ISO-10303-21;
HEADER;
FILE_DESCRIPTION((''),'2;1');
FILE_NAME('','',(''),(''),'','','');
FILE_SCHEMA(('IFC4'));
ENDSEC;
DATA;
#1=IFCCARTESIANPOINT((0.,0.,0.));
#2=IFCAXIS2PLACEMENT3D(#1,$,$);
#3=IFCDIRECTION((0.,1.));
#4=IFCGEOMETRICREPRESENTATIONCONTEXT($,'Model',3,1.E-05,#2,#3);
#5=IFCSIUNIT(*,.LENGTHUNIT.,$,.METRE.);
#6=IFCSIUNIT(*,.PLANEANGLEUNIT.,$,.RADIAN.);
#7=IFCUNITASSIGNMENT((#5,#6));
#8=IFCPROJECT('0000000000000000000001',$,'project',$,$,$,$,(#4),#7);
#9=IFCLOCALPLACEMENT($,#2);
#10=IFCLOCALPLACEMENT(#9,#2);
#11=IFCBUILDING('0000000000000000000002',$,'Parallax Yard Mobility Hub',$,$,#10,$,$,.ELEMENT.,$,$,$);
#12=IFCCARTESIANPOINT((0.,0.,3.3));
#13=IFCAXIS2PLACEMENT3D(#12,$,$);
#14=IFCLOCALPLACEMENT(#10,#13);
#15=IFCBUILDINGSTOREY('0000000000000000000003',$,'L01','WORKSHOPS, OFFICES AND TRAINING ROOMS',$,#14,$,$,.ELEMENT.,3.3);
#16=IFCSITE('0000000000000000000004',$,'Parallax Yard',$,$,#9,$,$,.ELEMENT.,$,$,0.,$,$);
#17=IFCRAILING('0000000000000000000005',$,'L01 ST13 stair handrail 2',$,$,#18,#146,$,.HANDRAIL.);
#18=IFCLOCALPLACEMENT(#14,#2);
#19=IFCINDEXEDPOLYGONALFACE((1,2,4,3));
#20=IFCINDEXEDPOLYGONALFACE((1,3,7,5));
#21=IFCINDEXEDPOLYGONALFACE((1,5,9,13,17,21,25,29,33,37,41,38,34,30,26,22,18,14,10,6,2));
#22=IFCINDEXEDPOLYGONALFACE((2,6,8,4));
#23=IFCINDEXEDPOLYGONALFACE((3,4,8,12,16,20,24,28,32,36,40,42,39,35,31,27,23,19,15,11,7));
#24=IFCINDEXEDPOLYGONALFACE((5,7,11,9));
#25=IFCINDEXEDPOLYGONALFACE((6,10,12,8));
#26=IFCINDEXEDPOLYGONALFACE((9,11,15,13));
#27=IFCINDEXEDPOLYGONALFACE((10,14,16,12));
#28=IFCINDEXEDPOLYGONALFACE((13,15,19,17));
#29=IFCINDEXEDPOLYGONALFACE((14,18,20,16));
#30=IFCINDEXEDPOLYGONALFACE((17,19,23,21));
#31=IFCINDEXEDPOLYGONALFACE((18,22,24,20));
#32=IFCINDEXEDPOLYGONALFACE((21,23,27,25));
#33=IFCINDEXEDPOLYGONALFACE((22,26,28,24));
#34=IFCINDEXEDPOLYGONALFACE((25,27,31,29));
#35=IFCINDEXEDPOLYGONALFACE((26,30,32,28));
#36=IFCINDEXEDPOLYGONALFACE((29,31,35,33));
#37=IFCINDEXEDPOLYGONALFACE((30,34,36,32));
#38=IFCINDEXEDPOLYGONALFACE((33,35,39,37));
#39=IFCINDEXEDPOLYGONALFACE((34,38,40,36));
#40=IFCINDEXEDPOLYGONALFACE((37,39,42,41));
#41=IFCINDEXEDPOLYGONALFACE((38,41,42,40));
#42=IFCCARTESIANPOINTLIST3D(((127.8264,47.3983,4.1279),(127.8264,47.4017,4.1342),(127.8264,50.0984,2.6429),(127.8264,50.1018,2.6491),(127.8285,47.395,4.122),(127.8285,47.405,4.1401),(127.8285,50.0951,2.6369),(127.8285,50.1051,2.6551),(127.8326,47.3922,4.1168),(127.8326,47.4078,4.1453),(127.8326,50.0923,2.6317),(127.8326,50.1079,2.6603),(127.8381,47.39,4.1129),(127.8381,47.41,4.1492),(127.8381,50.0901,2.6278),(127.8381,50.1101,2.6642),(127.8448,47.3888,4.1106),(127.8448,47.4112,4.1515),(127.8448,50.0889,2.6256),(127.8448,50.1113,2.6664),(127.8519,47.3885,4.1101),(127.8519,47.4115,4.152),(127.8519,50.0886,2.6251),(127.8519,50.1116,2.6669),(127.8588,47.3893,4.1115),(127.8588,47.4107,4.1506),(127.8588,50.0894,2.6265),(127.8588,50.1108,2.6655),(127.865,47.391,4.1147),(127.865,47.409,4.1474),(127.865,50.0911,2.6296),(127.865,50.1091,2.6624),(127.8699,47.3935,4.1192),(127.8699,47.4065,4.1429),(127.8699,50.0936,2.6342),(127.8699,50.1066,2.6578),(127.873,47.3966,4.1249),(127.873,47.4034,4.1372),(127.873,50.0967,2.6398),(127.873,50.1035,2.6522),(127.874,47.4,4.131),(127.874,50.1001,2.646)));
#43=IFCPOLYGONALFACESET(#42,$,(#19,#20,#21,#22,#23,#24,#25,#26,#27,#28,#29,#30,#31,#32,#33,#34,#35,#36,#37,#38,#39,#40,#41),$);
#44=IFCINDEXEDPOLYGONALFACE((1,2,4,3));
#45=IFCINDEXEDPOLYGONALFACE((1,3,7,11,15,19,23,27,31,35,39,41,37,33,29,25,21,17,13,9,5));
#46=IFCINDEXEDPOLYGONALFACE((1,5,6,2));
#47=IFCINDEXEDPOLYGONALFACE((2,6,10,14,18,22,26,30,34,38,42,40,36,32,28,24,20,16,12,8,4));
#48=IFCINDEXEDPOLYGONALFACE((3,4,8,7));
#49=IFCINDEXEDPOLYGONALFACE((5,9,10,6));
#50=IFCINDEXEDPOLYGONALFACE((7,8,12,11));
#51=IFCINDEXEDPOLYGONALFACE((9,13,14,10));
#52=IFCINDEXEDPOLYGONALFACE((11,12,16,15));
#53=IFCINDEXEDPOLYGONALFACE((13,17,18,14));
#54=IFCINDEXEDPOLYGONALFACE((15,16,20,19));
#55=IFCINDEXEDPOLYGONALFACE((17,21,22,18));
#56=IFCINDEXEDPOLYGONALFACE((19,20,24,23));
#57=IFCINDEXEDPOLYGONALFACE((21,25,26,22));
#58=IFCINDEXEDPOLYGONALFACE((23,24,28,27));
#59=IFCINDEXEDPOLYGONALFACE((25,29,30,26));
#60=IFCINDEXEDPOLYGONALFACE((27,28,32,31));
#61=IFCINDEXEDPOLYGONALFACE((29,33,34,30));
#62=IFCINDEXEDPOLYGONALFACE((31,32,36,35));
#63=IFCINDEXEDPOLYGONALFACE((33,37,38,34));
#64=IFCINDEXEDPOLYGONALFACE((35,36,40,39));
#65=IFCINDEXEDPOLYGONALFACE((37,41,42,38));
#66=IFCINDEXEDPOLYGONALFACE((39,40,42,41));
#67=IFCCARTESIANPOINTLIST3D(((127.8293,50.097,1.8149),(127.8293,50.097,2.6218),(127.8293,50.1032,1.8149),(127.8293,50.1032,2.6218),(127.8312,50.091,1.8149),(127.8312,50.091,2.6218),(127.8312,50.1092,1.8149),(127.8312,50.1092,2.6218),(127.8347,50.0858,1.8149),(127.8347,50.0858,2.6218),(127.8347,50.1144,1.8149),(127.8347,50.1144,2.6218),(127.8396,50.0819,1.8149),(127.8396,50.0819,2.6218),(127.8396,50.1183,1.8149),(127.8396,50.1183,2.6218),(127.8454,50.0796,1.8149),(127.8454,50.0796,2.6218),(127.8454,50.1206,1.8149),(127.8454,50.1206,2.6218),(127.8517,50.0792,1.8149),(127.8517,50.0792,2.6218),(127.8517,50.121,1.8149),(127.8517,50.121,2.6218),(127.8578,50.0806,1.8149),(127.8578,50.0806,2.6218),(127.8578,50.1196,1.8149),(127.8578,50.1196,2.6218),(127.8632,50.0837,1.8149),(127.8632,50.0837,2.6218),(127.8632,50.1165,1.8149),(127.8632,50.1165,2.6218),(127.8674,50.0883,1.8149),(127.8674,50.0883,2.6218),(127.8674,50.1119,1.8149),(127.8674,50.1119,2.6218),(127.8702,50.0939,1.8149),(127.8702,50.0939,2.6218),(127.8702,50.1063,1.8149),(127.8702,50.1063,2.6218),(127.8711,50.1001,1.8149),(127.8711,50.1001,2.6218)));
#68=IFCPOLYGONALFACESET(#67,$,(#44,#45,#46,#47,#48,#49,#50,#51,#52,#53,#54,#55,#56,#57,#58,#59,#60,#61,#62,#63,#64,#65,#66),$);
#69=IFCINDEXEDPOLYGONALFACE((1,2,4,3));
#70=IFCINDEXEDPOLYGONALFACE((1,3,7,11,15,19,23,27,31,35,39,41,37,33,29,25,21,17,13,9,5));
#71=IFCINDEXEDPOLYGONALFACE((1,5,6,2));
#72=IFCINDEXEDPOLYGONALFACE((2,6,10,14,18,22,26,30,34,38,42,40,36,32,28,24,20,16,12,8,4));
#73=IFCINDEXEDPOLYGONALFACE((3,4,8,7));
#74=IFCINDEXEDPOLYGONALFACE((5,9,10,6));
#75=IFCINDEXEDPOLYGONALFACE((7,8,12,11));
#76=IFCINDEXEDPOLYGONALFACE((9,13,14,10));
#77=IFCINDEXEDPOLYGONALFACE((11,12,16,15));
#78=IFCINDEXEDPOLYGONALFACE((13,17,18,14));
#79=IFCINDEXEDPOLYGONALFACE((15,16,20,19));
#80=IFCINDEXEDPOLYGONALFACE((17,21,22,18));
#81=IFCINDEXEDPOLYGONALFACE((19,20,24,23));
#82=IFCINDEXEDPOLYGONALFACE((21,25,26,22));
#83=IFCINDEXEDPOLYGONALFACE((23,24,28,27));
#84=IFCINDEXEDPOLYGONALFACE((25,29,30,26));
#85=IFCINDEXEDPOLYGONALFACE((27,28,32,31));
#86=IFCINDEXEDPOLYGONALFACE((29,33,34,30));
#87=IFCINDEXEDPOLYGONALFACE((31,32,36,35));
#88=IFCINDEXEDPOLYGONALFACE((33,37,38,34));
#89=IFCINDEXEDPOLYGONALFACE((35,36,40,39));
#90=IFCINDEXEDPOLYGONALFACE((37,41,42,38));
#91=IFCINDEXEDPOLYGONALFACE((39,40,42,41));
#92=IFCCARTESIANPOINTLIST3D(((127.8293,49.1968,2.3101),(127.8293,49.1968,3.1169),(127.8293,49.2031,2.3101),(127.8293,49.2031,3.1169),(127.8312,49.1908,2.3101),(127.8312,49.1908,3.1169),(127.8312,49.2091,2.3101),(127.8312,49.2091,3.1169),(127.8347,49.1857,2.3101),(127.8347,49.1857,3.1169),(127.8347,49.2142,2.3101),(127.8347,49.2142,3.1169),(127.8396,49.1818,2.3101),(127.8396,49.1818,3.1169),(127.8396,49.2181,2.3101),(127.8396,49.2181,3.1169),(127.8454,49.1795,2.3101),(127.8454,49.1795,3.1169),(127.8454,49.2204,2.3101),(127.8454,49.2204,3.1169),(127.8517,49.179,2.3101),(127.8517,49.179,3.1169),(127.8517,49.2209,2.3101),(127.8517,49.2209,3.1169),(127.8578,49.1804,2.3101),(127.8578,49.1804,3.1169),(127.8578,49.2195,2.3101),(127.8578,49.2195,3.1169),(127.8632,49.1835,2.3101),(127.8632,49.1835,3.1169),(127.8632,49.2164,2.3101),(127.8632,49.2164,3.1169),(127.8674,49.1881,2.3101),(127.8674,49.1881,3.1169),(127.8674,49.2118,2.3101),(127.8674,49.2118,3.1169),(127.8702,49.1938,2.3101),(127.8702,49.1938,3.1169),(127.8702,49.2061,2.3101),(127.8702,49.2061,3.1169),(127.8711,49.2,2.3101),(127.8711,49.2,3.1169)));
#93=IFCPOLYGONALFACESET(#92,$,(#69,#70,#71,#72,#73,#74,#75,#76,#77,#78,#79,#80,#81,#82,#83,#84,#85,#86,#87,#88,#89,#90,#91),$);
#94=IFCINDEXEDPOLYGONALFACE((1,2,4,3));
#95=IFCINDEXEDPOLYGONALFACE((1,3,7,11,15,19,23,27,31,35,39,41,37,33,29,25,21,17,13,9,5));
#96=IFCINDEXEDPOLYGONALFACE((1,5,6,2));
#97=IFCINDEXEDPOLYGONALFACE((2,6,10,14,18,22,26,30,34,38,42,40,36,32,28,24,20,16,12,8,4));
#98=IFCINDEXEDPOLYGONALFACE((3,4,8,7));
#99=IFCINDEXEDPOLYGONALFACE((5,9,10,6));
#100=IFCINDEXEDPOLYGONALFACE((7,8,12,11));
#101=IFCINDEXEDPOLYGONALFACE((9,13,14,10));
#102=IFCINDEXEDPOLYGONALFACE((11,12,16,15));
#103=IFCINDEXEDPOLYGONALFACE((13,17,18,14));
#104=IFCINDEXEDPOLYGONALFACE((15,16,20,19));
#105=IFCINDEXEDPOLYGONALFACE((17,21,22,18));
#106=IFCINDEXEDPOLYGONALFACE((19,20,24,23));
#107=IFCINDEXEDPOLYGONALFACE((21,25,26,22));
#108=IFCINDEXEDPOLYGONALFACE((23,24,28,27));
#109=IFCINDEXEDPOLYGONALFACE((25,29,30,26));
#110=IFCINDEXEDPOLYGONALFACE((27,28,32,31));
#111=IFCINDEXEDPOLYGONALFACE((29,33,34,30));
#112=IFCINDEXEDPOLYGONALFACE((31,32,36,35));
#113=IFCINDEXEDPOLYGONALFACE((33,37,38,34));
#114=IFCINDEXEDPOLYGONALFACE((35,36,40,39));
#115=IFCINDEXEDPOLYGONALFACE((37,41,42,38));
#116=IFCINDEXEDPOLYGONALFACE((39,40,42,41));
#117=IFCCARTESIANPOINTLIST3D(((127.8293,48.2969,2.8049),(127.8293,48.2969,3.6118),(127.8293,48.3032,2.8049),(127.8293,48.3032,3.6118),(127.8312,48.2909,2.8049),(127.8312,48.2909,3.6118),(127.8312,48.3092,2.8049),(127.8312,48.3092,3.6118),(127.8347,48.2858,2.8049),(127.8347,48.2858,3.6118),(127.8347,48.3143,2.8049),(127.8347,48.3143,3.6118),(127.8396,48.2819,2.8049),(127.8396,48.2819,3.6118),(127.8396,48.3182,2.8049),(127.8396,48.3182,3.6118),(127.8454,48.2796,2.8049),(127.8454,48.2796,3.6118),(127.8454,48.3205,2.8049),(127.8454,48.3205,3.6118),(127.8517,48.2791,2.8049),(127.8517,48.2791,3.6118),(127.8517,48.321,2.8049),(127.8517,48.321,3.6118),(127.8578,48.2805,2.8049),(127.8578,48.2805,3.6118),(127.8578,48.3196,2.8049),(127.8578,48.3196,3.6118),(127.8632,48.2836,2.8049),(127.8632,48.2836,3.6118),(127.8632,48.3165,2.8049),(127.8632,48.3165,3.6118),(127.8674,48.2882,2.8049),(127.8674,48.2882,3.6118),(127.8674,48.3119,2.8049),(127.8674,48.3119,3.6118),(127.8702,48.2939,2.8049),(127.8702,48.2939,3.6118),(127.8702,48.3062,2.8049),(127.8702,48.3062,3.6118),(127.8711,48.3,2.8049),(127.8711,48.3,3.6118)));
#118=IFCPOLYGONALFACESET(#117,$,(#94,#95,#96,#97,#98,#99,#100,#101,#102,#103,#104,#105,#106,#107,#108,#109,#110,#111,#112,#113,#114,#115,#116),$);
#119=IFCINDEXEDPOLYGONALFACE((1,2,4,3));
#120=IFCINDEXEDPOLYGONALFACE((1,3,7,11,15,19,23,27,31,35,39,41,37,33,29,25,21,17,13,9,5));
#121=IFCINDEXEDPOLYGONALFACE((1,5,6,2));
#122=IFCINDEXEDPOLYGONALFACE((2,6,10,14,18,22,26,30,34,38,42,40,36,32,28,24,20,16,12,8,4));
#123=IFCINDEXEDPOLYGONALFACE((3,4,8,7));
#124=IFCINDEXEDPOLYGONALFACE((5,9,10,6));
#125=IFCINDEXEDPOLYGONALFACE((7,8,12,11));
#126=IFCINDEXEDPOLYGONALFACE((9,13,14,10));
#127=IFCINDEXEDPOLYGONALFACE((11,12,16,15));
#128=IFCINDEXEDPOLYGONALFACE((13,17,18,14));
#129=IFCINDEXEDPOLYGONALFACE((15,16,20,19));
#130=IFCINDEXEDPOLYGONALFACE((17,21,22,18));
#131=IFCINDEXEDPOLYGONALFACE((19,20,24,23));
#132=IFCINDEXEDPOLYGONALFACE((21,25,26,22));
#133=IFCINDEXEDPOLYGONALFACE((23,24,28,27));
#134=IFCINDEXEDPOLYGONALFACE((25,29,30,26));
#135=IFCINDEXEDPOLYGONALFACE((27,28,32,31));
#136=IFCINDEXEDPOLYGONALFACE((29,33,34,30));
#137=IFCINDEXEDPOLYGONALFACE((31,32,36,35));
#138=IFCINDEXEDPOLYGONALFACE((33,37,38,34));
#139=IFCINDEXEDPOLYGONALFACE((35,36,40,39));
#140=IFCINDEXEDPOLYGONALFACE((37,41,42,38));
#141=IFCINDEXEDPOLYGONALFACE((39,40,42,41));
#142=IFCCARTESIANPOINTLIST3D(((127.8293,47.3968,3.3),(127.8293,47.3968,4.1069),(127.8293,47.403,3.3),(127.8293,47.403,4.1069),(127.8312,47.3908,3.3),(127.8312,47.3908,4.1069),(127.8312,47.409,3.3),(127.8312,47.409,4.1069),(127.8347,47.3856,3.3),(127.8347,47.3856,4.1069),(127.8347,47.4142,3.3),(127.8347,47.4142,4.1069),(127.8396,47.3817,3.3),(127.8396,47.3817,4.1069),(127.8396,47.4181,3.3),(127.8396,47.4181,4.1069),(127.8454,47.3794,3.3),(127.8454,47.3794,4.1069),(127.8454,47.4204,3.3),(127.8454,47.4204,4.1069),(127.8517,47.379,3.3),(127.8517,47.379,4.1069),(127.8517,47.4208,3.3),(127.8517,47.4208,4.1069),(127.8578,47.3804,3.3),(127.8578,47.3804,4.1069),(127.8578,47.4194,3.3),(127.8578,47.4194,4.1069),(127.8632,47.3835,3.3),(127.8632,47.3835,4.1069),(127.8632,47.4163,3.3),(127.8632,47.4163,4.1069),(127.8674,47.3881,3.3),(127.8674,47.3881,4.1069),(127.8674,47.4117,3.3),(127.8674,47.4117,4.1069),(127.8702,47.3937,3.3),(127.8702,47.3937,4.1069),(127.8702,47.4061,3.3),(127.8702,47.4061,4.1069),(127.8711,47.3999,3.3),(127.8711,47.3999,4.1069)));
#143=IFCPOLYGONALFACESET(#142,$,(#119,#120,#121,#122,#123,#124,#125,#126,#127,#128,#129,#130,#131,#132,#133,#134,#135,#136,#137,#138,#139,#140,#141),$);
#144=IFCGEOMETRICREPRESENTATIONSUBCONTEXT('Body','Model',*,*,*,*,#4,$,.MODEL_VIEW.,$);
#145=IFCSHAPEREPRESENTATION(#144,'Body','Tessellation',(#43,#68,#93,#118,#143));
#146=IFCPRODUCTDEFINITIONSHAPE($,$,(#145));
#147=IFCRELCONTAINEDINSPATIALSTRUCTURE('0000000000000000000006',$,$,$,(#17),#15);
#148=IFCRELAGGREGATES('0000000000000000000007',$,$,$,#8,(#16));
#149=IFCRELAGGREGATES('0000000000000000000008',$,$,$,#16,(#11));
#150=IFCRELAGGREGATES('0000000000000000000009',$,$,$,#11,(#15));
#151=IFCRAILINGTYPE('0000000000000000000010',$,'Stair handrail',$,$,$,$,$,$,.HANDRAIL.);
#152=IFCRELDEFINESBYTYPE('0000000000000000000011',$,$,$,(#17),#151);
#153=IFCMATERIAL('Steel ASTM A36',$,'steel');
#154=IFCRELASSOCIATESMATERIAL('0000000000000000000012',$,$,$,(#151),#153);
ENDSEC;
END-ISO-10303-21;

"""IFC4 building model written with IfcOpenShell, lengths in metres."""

from ifc_helpers import new_model, si_unit, direction, frame, origin, origin_2d, place, context, subcontext, project, spatial, circle, extrude, material, type_object, element, save


model = new_model("IFC4")

# Units and contexts
model_context = context("Model", 3, precision=1e-05, world=origin(), true_north=direction((0.0, 1.0)))
body_context = subcontext(model_context, "Body", "Model", "MODEL_VIEW")
ifc_project = project(units=[si_unit("LENGTHUNIT", "METRE"), si_unit("PLANEANGLEUNIT", "RADIAN")], contexts=[model_context])

# Site, building, storey
site_placement = place(None, origin())
site = spatial("IfcSite", under=ifc_project, at=site_placement, Name="Parallax Yard", CompositionType="ELEMENT", RefElevation=0.0)
building_placement = place(site_placement, origin())
building = spatial("IfcBuilding", under=site, at=building_placement, Name="Parallax Yard Mobility Hub", CompositionType="ELEMENT")
storey_placement = place(building_placement, frame((0.0, 0.0, 3.3)))
storey = spatial("IfcBuildingStorey", under=building, at=storey_placement, Name="L01", Description="WORKSHOPS, OFFICES AND TRAINING ROOMS", CompositionType="ELEMENT", Elevation=3.3)

# Railing
ifc_material_1 = material(Name="Steel ASTM A36", Category="steel")
railing_type = type_object("IfcRailingType", Name="Stair handrail", PredefinedType="HANDRAIL", material=ifc_material_1)
railing_placement = place(storey_placement, frame((127.8501, 50.1001, 1.8149)))
element("IfcRailing", 1, at=railing_placement, inside=storey, type_object=railing_type, Name="L01 ST13 stair handrail 2", PredefinedType="HANDRAIL", context=body_context, shape_type="SweptSolid", body=[
    extrude(circle(Radius=0.0239, at=origin_2d()), frame((0.0, 0.0, 0.8311), z_axis=(0.0, -0.876216, 0.481919), x_axis=(1.0, 0.0, 0.0)), (0.0, 0.0, 1.0), 3.0815),
    extrude(circle(Radius=0.021, at=origin_2d()), origin(), (0.0, 0.0, 1.0), 0.8069),
    extrude(circle(Radius=0.021, at=origin_2d()), frame((0.0, -0.9001, 0.4951)), (0.0, 0.0, 1.0), 0.8069),
    extrude(circle(Radius=0.021, at=origin_2d()), frame((0.0, -1.8, 0.99)), (0.0, 0.0, 1.0), 0.8069),
    extrude(circle(Radius=0.021, at=origin_2d()), frame((0.0, -2.7002, 1.4851)), (0.0, 0.0, 1.0), 0.8069),
])

save(model, "model.ifc")
